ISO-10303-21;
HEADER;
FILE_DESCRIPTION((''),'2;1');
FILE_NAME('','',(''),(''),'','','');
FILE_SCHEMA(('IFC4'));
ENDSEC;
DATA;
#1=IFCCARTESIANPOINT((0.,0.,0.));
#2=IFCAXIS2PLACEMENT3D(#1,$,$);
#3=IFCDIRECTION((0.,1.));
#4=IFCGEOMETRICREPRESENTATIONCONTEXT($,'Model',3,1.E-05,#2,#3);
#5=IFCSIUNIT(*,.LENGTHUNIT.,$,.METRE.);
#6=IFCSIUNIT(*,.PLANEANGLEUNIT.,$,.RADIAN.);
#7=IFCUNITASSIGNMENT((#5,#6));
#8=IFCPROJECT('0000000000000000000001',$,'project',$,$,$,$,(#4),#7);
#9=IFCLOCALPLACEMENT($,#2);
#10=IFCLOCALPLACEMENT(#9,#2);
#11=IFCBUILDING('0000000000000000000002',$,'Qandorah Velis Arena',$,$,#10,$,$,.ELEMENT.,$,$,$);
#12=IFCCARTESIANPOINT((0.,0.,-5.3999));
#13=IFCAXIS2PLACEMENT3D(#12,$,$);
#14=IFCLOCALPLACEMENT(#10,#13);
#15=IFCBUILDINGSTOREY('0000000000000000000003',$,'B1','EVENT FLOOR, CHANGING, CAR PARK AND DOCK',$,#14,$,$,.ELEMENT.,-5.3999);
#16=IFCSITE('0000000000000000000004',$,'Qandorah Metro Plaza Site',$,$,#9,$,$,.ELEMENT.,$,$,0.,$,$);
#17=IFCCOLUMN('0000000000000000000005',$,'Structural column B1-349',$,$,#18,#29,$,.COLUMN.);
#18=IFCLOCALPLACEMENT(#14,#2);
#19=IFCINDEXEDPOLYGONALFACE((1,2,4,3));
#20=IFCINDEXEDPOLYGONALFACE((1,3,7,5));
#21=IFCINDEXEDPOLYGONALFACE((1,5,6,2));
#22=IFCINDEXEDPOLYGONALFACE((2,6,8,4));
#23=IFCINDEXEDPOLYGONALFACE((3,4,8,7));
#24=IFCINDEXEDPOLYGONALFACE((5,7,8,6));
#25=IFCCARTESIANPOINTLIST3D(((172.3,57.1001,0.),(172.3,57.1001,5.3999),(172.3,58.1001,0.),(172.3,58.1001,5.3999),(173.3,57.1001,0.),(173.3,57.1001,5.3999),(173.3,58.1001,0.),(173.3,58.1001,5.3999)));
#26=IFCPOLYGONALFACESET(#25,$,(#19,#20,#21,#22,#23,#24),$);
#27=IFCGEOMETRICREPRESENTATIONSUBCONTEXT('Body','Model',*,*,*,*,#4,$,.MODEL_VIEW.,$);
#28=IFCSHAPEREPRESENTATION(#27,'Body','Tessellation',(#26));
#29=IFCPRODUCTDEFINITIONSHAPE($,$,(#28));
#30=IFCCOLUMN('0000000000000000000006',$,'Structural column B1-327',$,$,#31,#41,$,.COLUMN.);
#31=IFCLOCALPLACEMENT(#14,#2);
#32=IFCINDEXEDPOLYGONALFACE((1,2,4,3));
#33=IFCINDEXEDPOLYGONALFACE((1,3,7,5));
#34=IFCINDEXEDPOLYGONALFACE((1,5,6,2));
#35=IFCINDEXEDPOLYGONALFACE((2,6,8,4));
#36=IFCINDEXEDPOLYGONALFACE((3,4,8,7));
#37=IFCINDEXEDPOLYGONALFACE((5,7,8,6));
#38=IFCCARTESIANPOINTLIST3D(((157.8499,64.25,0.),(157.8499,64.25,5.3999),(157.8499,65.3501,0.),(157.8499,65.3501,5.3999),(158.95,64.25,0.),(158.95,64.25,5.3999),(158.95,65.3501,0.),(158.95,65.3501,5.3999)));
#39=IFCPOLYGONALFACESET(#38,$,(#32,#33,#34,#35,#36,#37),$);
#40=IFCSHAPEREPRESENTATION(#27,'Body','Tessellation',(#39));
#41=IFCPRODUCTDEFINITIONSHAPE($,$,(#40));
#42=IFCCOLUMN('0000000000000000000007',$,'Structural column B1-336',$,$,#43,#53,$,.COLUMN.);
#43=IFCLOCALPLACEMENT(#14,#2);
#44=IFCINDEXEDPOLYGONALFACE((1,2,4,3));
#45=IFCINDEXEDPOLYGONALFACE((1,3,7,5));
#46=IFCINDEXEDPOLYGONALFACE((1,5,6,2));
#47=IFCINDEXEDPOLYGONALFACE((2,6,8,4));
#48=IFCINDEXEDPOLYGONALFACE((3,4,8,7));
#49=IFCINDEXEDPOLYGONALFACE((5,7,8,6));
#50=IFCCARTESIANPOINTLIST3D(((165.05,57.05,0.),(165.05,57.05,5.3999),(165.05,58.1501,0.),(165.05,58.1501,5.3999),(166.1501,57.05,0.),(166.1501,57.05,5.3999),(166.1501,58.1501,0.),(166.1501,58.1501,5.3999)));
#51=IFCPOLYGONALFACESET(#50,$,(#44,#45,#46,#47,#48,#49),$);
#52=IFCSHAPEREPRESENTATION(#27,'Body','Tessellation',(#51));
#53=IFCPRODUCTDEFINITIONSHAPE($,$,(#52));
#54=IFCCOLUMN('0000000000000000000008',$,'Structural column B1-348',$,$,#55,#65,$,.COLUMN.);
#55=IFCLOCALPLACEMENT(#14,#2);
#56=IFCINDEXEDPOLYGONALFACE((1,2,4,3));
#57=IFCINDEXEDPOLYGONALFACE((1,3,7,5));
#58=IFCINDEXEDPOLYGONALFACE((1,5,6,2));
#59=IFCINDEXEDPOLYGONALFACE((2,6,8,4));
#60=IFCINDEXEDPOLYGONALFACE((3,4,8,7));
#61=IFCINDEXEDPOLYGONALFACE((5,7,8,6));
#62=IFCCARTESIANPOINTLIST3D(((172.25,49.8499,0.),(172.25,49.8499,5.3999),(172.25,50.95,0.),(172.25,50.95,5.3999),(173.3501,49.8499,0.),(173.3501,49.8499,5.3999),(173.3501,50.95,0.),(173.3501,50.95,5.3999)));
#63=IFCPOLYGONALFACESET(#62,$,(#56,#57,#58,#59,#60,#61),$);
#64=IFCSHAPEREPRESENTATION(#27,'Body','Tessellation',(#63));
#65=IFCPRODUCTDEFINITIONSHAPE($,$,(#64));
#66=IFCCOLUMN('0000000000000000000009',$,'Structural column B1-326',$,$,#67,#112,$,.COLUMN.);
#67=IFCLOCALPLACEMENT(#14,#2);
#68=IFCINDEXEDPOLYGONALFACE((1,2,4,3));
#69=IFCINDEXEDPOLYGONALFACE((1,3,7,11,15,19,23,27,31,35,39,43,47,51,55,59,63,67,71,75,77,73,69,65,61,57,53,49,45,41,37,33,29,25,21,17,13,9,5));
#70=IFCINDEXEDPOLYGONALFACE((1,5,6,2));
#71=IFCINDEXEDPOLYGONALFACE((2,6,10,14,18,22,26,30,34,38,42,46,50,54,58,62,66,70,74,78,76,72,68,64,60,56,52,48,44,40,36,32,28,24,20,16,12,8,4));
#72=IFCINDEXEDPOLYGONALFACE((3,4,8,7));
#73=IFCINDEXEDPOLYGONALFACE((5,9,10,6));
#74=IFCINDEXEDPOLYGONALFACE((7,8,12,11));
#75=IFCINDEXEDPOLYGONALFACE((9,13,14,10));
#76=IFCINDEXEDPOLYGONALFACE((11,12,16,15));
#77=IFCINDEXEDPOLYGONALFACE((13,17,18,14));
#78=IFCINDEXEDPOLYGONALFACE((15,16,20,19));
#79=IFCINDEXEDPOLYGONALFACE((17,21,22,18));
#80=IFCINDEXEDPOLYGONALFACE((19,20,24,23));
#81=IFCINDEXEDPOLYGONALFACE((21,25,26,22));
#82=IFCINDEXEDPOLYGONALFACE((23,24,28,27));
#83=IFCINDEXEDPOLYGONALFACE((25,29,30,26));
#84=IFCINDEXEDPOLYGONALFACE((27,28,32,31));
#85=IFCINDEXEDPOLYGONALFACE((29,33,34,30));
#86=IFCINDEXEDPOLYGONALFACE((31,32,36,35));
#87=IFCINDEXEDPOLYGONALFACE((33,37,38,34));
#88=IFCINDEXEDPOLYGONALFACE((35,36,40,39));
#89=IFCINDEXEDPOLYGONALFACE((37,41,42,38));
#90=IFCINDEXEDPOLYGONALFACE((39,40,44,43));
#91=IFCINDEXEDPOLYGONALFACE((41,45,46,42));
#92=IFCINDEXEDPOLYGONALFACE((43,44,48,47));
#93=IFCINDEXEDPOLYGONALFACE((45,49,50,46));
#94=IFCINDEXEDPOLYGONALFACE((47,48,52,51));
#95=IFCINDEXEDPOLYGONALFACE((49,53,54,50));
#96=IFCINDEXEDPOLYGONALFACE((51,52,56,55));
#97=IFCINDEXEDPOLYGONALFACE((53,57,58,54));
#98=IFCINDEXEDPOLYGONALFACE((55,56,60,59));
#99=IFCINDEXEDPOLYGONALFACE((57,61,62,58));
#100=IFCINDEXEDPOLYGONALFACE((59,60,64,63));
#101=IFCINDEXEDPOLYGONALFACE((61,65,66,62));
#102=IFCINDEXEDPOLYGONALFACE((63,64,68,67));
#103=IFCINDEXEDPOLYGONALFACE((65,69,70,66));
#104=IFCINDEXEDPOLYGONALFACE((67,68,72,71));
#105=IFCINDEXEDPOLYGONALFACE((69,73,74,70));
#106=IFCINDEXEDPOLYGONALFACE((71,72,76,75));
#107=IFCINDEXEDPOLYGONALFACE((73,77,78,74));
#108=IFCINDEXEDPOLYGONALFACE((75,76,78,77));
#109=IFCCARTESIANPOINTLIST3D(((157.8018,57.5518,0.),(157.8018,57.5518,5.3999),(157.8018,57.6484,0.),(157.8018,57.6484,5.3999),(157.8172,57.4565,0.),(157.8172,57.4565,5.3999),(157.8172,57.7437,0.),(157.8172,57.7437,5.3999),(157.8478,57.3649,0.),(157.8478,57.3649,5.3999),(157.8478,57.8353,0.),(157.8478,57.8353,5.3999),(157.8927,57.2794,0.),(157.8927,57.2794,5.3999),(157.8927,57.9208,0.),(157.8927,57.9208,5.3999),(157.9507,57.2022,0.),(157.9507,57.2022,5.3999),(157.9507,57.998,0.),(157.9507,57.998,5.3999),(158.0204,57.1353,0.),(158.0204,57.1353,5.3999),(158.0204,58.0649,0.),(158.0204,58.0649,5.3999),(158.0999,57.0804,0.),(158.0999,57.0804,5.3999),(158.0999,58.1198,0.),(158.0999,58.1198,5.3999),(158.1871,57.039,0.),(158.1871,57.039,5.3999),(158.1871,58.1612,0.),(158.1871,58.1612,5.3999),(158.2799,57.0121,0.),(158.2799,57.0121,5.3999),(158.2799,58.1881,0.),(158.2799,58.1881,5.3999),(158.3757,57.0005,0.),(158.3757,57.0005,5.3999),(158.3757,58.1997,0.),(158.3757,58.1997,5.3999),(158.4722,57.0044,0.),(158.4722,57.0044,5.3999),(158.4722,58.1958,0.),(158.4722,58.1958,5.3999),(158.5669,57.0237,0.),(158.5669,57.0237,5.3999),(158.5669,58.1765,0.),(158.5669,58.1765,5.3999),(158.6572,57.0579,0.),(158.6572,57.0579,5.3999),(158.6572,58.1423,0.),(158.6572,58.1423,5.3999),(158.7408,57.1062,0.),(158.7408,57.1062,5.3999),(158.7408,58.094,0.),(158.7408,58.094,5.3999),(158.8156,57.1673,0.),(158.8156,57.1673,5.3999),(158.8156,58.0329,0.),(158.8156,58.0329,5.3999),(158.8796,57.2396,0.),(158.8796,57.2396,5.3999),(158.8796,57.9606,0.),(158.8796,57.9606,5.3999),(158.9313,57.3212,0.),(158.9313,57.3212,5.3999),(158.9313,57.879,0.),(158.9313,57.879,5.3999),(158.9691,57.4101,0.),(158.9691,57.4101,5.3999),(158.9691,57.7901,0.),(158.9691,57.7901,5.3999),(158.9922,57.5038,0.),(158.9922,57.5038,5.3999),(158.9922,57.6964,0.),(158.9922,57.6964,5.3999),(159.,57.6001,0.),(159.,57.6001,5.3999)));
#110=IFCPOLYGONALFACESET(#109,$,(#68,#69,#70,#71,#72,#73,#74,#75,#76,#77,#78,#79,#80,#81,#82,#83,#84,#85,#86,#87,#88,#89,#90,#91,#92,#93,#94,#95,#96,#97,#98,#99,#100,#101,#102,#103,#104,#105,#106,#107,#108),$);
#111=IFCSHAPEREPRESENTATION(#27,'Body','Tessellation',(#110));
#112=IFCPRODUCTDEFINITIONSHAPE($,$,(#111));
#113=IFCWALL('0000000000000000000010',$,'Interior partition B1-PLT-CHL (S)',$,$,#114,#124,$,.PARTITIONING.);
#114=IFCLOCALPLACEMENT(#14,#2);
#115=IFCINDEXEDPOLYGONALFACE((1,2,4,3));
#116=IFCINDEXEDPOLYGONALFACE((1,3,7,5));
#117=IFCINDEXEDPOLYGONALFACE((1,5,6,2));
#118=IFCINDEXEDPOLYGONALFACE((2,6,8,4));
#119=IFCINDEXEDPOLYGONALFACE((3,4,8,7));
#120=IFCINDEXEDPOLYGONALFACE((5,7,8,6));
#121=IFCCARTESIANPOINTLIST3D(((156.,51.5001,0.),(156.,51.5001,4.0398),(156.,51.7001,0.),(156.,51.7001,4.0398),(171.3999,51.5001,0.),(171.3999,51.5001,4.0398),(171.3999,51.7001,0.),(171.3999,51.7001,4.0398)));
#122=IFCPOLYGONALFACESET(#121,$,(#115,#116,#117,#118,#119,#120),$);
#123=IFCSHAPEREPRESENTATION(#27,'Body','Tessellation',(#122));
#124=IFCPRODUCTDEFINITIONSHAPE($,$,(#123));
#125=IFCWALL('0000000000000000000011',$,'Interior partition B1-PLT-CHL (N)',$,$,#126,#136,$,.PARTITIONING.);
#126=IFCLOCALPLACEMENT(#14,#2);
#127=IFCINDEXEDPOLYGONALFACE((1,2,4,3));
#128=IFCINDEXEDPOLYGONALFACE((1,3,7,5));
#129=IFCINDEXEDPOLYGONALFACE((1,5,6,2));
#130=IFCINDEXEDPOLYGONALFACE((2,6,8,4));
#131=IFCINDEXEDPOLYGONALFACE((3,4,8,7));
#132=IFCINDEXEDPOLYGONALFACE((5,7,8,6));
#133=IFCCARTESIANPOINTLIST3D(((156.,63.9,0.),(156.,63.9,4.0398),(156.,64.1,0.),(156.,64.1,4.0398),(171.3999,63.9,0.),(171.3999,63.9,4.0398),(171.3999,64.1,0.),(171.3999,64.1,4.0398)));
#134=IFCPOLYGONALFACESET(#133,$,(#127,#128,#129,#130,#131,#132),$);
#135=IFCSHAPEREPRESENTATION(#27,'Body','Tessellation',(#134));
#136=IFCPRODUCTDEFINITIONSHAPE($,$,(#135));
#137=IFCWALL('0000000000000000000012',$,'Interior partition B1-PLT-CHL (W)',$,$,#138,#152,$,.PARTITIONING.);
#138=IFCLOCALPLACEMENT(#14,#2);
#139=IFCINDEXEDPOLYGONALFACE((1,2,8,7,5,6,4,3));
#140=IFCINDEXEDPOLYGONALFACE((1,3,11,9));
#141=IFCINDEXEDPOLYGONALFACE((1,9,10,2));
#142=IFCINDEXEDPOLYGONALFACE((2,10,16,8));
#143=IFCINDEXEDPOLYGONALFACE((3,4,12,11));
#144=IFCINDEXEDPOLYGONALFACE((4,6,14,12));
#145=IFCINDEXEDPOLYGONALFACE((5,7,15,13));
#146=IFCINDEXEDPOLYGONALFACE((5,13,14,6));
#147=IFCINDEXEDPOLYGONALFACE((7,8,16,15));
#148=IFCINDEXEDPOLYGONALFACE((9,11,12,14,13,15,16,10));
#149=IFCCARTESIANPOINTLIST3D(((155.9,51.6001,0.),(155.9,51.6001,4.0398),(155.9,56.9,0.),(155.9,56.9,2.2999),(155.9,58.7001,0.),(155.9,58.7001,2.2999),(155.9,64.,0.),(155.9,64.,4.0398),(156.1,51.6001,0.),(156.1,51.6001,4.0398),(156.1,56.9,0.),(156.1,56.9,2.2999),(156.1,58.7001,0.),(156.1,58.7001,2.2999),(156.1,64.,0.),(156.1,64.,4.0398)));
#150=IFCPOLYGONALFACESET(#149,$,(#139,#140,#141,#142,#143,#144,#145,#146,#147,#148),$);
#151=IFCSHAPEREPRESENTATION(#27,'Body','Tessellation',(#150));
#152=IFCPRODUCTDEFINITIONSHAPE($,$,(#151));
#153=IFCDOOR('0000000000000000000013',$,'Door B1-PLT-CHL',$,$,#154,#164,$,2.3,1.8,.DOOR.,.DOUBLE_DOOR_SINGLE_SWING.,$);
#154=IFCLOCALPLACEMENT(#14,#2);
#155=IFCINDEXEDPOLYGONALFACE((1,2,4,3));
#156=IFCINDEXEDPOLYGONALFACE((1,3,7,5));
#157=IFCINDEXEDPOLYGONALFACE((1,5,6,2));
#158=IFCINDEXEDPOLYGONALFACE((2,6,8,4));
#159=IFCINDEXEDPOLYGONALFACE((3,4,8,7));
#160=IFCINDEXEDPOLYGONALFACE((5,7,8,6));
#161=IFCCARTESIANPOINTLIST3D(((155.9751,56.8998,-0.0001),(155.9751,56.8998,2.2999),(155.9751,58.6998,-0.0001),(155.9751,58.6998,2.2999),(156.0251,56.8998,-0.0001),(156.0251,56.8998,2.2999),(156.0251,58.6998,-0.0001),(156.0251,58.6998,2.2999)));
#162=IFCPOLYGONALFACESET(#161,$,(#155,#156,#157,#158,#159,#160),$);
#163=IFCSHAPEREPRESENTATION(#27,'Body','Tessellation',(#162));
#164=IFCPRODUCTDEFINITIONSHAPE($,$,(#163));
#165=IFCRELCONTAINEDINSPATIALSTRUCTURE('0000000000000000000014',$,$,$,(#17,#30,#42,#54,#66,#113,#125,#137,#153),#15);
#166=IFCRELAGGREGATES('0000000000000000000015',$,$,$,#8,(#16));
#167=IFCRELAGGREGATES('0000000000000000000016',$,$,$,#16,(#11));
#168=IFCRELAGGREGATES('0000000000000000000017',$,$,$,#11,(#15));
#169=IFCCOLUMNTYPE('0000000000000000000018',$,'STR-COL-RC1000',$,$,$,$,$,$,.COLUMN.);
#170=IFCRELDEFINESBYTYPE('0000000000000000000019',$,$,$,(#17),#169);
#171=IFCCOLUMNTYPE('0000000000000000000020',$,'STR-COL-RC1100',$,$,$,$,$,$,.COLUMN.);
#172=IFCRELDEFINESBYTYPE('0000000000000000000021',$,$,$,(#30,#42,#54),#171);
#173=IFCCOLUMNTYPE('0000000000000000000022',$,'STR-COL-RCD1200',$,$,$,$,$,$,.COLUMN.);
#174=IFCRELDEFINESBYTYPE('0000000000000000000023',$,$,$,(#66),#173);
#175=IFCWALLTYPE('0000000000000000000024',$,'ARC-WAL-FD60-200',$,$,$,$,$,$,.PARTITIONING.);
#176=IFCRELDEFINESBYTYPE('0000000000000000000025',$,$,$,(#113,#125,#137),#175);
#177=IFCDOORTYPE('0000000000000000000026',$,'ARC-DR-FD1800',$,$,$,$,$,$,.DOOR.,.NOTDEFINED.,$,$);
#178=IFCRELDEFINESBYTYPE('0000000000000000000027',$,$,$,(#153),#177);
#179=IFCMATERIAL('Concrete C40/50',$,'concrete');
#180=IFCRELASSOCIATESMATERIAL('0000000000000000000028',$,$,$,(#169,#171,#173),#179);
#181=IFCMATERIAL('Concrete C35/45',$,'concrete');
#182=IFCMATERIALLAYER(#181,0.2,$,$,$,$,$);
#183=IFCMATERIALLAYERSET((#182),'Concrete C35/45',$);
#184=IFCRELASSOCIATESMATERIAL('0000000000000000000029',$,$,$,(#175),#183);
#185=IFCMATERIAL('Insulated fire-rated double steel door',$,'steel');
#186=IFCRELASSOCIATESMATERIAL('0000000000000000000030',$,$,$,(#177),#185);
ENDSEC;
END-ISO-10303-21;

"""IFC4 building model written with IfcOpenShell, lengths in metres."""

from ifc_helpers import new_model, si_unit, direction, frame, frame_2d, origin, origin_2d, place, context, subcontext, project, spatial, rectangle, circle, extrude, material, layer, layer_set, material_profile, profile_set, type_object, element, fill, save


model = new_model("IFC4")

# Units and contexts
model_context = context("Model", 3, precision=1e-05, world=origin(), true_north=direction((0.0, 1.0)))
body_context = subcontext(model_context, "Body", "Model", "MODEL_VIEW")
ifc_project = project(units=[si_unit("LENGTHUNIT", "METRE"), si_unit("PLANEANGLEUNIT", "RADIAN")], contexts=[model_context])

# Site, building, storey
site_placement = place(None, origin())
site = spatial("IfcSite", under=ifc_project, at=site_placement, Name="Qandorah Metro Plaza Site", CompositionType="ELEMENT", RefElevation=0.0)
building_placement = place(site_placement, origin())
building = spatial("IfcBuilding", under=site, at=building_placement, Name="Qandorah Velis Arena", CompositionType="ELEMENT")
storey_placement = place(building_placement, frame((0.0, 0.0, -5.3999)))
storey = spatial("IfcBuildingStorey", under=building, at=storey_placement, Name="B1", Description="EVENT FLOOR, CHANGING, CAR PARK AND DOCK", CompositionType="ELEMENT", Elevation=-5.3999)

# Shared definitions
ifc_material_1 = material(Name="Concrete C40/50", Category="concrete")

# Columns
ifc_material_profile_1 = material_profile(ifc_material_1, rectangle(XDim=1.0, YDim=1.0, at=origin_2d()), Name="RC COL 1000x1000")
ifc_profile_set_1 = profile_set([ifc_material_profile_1], Name="Concrete C40/50")
column_type_1 = type_object("IfcColumnType", Name="STR-COL-RC1000", PredefinedType="COLUMN", material=ifc_profile_set_1)
for number, where, z_axis, x_axis, name in (
    (1, (172.8, 57.6001, 0.0), (0.0, 0.0, 1.0), (1.0, 0.0, 0.0), "Structural column B1-349"),
):
    element("IfcColumn", number, at=place(storey_placement, frame(where, z_axis=z_axis, x_axis=x_axis)), inside=storey, type_object=column_type_1, Name=name, PredefinedType="COLUMN", context=body_context, shape_type="SweptSolid", body=[
        extrude(rectangle(XDim=1.0, YDim=1.0, at=origin_2d()), origin(), (0.0, 0.0, 1.0), 5.3999),
    ])
ifc_material_profile_2 = material_profile(ifc_material_1, rectangle(XDim=1.1001, YDim=1.1001, at=origin_2d()), Name="RC COL 1100x1100")
ifc_profile_set_2 = profile_set([ifc_material_profile_2], Name="Concrete C40/50")
column_type_2 = type_object("IfcColumnType", Name="STR-COL-RC1100", PredefinedType="COLUMN", material=ifc_profile_set_2)
for number, where, z_axis, x_axis, name in (
    (2, (158.3999, 64.8, 0.0), (0.0, 0.0, 1.0), (1.0, 0.0, 0.0), "Structural column B1-327"),
    (3, (165.6001, 57.6001, 0.0), (0.0, 0.0, 1.0), (1.0, 0.0, 0.0), "Structural column B1-336"),
    (4, (172.8, 50.3999, 0.0), (0.0, 0.0, 1.0), (1.0, 0.0, 0.0), "Structural column B1-348"),
):
    element("IfcColumn", number, at=place(storey_placement, frame(where, z_axis=z_axis, x_axis=x_axis)), inside=storey, type_object=column_type_2, Name=name, PredefinedType="COLUMN", context=body_context, shape_type="SweptSolid", body=[
        extrude(rectangle(XDim=1.1001, YDim=1.1001, at=origin_2d()), origin(), (0.0, 0.0, 1.0), 5.3999),
    ])
ifc_material_profile_3 = material_profile(ifc_material_1, circle(Radius=0.6001, at=origin_2d()), Name="RC D1200")
ifc_profile_set_3 = profile_set([ifc_material_profile_3], Name="Concrete C40/50")
column_type_3 = type_object("IfcColumnType", Name="STR-COL-RCD1200", PredefinedType="COLUMN", material=ifc_profile_set_3)
column_placement = place(storey_placement, frame((158.3999, 57.6001, 0.0), z_axis=(0.0, 0.0, 1.0), x_axis=(1.0, 0.0, 0.0)))
element("IfcColumn", 5, at=column_placement, inside=storey, type_object=column_type_3, Name="Structural column B1-326", PredefinedType="COLUMN", context=body_context, shape_type="SweptSolid", body=[
    extrude(circle(Radius=0.6001, at=origin_2d()), origin(), (0.0, 0.0, 1.0), 5.3999),
])

# Walls
ifc_material_2 = material(Name="Concrete C35/45", Category="concrete")
ifc_layer = layer(ifc_material_2, 0.2)
ifc_layer_set = layer_set([ifc_layer], Name="Concrete C35/45")
wall_type = type_object("IfcWallType", Name="ARC-WAL-FD60-200", PredefinedType="PARTITIONING", material=ifc_layer_set)
for number, where, z_axis, x_axis, name in (
    (6, (156.0, 51.6001, 0.0), (0.0, 0.0, 1.0), (1.0, 0.0, 0.0), "Interior partition B1-PLT-CHL (S)"),
    (7, (171.3999, 64.0, 0.0), (0.0, 0.0, 1.0), (-1.0, 0.0, 0.0), "Interior partition B1-PLT-CHL (N)"),
):
    element("IfcWall", number, at=place(storey_placement, frame(where, z_axis=z_axis, x_axis=x_axis)), inside=storey, type_object=wall_type, Name=name, PredefinedType="PARTITIONING", context=body_context, shape_type="SweptSolid", body=[
        extrude(rectangle(XDim=15.3999, YDim=0.2, at=frame_2d((7.7, 0.0))), origin(), (0.0, 0.0, 1.0), 4.0398),
    ])

# Wall, opening, door
wall_placement = place(storey_placement, frame((156.0, 64.0, 0.0), z_axis=(0.0, 0.0, 1.0), x_axis=(0.0, -1.0, 0.0)))
wall = element("IfcWall", 8, at=wall_placement, inside=storey, type_object=wall_type, Name="Interior partition B1-PLT-CHL (W)", PredefinedType="PARTITIONING", context=body_context, shape_type="SweptSolid", body=[
    extrude(rectangle(XDim=12.3999, YDim=0.2, at=frame_2d((6.2, 0.0))), origin(), (0.0, 0.0, 1.0), 4.0398),
])
opening_placement = place(wall_placement, frame((5.3, 0.0, 0.0)))
opening = element("IfcOpeningElement", 9, at=opening_placement, cuts=wall, PredefinedType="OPENING", context=body_context, shape_type="SweptSolid", body=[
    extrude(rectangle(XDim=1.8, YDim=2.3, at=frame_2d((0.8999, 1.1499))), frame((0.0, 0.1099, 0.0), z_axis=(0.0, -1.0, 0.0), x_axis=(1.0, 0.0, 0.0)), (0.0, 0.0, 1.0), 0.22),
])
ifc_material_3 = material(Name="Insulated fire-rated double steel door", Category="steel")
door_type = type_object("IfcDoorType", Name="ARC-DR-FD1800", OperationType="NOTDEFINED", PredefinedType="DOOR", material=ifc_material_3)
door_placement = place(opening_placement, frame((1.8, 0.0, 0.0), z_axis=(0.0, 0.0, 1.0), x_axis=(-1.0, 0.0, 0.0)))
door = element("IfcDoor", 10, at=door_placement, inside=storey, type_object=door_type, Name="Door B1-PLT-CHL", OperationType="DOUBLE_DOOR_SINGLE_SWING", OverallHeight=2.3, OverallWidth=1.8, PredefinedType="DOOR", context=body_context, shape_type="SweptSolid", body=[
    extrude(rectangle(XDim=1.8, YDim=2.3, at=frame_2d((0.8999, 1.1499))), frame((0.0, 0.0249, 0.0), z_axis=(0.0, -1.0, 0.0), x_axis=(1.0, 0.0, 0.0)), (0.0, 0.0, 1.0), 0.05),
])
fill(opening, door)

save(model, "model.ifc")
